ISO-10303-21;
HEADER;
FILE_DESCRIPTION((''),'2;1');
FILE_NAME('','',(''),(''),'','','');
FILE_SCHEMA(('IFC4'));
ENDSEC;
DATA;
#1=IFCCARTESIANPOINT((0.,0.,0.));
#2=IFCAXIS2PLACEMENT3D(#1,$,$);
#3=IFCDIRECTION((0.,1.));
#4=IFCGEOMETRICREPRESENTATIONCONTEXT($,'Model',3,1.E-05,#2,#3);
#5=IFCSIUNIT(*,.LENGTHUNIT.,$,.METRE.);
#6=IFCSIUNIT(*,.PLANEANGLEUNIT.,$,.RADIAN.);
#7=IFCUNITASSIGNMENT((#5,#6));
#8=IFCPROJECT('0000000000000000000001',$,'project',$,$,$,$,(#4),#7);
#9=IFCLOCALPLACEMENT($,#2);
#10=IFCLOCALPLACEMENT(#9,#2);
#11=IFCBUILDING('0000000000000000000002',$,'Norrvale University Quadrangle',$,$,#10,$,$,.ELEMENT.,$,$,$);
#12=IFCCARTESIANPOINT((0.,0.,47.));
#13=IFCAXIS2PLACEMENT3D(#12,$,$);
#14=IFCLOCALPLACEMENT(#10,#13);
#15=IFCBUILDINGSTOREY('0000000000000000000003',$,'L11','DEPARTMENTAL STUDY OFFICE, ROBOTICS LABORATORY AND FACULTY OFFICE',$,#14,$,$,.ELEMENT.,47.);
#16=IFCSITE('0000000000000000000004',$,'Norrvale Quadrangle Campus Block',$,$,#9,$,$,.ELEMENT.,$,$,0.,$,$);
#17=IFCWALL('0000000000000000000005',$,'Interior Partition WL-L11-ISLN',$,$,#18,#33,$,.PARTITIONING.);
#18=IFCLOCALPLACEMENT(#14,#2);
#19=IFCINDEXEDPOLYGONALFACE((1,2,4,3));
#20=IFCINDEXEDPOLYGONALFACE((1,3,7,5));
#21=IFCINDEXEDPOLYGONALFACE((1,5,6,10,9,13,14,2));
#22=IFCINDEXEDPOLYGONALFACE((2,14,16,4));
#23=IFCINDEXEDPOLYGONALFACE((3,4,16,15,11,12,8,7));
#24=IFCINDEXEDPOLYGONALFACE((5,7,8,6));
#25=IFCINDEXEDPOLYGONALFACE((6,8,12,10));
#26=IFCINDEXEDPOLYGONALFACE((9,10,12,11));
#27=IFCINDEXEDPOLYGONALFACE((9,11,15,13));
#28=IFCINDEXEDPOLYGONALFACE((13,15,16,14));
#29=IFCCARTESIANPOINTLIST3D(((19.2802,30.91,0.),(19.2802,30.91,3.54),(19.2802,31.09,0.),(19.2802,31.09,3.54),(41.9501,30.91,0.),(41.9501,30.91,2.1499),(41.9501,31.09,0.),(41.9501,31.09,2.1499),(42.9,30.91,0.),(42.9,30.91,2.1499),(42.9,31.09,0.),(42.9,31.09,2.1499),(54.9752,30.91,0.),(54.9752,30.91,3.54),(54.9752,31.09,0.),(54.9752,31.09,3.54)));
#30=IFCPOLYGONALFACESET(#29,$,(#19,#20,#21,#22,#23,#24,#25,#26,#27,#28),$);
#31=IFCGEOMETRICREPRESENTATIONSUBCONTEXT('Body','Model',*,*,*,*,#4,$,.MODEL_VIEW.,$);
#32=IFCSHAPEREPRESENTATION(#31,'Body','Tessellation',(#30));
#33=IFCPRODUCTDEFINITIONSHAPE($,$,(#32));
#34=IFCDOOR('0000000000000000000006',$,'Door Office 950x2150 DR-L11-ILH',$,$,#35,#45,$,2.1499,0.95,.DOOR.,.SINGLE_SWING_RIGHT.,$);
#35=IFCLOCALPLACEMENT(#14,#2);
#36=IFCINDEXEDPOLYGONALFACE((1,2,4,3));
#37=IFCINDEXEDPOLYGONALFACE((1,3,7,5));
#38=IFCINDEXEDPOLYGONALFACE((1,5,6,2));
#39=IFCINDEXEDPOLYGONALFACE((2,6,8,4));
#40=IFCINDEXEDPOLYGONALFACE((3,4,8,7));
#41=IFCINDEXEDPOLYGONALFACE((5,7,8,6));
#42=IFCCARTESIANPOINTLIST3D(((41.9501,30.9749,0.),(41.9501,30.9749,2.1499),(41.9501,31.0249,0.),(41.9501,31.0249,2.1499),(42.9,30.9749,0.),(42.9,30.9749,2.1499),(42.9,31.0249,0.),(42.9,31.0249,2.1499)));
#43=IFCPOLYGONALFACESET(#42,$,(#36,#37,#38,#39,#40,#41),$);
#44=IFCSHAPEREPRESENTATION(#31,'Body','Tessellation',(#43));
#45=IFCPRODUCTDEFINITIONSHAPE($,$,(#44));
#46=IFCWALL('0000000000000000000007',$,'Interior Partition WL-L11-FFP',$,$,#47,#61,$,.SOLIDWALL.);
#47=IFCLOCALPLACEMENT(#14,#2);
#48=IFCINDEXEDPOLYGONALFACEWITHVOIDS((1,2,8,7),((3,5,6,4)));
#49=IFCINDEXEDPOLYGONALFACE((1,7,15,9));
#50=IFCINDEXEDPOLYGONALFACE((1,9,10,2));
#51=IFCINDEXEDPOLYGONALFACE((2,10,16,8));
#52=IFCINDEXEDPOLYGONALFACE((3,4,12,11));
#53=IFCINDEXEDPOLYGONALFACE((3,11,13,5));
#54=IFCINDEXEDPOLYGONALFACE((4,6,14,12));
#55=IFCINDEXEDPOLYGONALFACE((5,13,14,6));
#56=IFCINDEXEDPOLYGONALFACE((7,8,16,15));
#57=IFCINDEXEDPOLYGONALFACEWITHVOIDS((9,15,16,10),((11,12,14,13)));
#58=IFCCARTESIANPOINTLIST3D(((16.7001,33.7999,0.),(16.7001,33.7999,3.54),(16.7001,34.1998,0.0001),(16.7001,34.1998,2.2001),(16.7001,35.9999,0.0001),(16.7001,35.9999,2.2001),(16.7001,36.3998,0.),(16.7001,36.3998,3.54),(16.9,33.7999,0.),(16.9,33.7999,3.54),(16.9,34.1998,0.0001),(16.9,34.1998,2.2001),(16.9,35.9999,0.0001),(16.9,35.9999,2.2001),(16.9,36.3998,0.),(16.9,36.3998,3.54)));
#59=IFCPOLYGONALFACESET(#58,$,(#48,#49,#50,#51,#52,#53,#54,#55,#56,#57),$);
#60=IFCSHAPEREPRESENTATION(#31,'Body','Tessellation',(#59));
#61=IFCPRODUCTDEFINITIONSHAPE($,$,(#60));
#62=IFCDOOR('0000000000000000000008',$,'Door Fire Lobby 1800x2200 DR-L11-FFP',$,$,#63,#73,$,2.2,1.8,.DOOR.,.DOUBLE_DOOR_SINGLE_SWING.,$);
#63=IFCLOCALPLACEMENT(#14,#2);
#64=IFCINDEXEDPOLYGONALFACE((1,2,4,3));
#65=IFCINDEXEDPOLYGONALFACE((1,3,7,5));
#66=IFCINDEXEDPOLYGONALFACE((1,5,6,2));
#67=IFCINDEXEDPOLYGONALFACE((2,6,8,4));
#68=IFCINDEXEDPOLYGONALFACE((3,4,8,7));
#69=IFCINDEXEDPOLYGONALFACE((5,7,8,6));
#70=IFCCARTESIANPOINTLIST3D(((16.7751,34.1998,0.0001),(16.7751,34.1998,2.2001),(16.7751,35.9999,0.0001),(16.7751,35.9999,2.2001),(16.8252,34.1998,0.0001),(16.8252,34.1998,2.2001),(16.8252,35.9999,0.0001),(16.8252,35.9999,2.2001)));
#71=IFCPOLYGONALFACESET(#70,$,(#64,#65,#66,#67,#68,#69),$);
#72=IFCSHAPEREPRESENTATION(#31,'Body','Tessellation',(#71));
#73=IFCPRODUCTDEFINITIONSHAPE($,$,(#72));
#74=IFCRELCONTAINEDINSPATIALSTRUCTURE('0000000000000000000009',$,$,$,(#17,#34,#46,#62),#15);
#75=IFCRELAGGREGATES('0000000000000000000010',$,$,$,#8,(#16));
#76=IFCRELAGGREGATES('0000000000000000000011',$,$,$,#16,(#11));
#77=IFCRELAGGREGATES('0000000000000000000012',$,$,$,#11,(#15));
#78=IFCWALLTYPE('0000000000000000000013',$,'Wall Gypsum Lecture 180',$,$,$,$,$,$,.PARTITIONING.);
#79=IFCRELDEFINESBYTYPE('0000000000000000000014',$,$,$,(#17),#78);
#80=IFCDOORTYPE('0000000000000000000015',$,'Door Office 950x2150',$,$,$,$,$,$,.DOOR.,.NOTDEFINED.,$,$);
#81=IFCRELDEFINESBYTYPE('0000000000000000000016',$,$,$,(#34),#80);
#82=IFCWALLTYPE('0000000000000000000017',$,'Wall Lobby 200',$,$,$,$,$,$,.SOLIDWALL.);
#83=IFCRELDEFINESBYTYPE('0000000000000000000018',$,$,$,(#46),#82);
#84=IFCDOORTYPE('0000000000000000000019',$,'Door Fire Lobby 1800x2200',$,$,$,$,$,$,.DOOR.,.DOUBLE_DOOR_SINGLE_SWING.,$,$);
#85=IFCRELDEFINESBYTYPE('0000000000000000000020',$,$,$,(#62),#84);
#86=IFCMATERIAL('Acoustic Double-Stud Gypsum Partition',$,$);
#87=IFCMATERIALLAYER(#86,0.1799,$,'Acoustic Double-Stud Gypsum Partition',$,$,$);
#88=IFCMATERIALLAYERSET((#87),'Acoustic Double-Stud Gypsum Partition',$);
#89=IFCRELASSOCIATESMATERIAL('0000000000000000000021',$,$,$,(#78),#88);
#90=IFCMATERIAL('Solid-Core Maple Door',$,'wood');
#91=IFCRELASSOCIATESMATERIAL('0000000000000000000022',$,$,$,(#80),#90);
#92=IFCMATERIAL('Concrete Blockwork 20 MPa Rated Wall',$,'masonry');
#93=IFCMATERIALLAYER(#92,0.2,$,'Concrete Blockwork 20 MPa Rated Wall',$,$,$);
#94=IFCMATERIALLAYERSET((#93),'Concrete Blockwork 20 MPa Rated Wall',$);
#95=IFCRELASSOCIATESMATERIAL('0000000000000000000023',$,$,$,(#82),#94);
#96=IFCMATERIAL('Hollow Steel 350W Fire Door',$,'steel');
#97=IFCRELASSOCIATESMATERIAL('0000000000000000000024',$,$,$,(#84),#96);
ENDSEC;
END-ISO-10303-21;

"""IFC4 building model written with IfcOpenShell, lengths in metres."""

from ifc_helpers import new_model, si_unit, direction, frame, frame_2d, origin, place, context, subcontext, project, spatial, rectangle, extrude, material, layer, layer_set, type_object, element, fill, save


model = new_model("IFC4")

# Units and contexts
model_context = context("Model", 3, precision=1e-05, world=origin(), true_north=direction((0.0, 1.0)))
body_context = subcontext(model_context, "Body", "Model", "MODEL_VIEW")
ifc_project = project(units=[si_unit("LENGTHUNIT", "METRE"), si_unit("PLANEANGLEUNIT", "RADIAN")], contexts=[model_context])

# Site, building, storey
site_placement = place(None, origin())
site = spatial("IfcSite", under=ifc_project, at=site_placement, Name="Norrvale Quadrangle Campus Block", CompositionType="ELEMENT", RefElevation=0.0)
building_placement = place(site_placement, origin())
building = spatial("IfcBuilding", under=site, at=building_placement, Name="Norrvale University Quadrangle", CompositionType="ELEMENT")
storey_placement = place(building_placement, frame((0.0, 0.0, 47.0)))
storey = spatial("IfcBuildingStorey", under=building, at=storey_placement, Name="L11", Description="DEPARTMENTAL STUDY OFFICE, ROBOTICS LABORATORY AND FACULTY OFFICE", CompositionType="ELEMENT", Elevation=47.0)

# Walls, openings, doors
ifc_material_1 = material(Name="Acoustic Double-Stud Gypsum Partition")
ifc_layer_1 = layer(ifc_material_1, 0.1799, Name="Acoustic Double-Stud Gypsum Partition")
ifc_layer_set_1 = layer_set([ifc_layer_1], Name="Acoustic Double-Stud Gypsum Partition")
wall_type_1 = type_object("IfcWallType", Name="Wall Gypsum Lecture 180", PredefinedType="PARTITIONING", material=ifc_layer_set_1)
wall_1_placement = place(storey_placement, frame((19.28, 31.0, 0.0), z_axis=(0.0, 0.0, 1.0), x_axis=(1.0, 0.0, 0.0)))
wall_1 = element("IfcWall", 1, at=wall_1_placement, inside=storey, type_object=wall_type_1, Name="Interior Partition WL-L11-ISLN", PredefinedType="PARTITIONING", context=body_context, shape_type="SweptSolid", body=[
    extrude(rectangle(XDim=35.6951, YDim=0.1799, at=frame_2d((17.8477, 0.0))), origin(), (0.0, 0.0, 1.0), 3.54),
])
opening_1_placement = place(wall_1_placement, frame((22.6699, 0.0, 0.0)))
opening_1 = element("IfcOpeningElement", 2, at=opening_1_placement, cuts=wall_1, PredefinedType="OPENING", context=body_context, shape_type="SweptSolid", body=[
    extrude(rectangle(XDim=0.95, YDim=2.1499, at=frame_2d((0.4751, 1.075))), frame((0.0, 0.1021, 0.0), z_axis=(0.0, -1.0, 0.0), x_axis=(1.0, 0.0, 0.0)), (0.0, 0.0, 1.0), 0.2039),
])
ifc_material_2 = material(Name="Solid-Core Maple Door", Category="wood")
door_type_1 = type_object("IfcDoorType", Name="Door Office 950x2150", OperationType="NOTDEFINED", PredefinedType="DOOR", material=ifc_material_2)
door_1_placement = place(opening_1_placement, origin())
door_1 = element("IfcDoor", 3, at=door_1_placement, inside=storey, type_object=door_type_1, Name="Door Office 950x2150 DR-L11-ILH", OperationType="SINGLE_SWING_RIGHT", OverallHeight=2.1499, OverallWidth=0.95, PredefinedType="DOOR", context=body_context, shape_type="SweptSolid", body=[
    extrude(rectangle(XDim=0.95, YDim=2.1499, at=frame_2d((0.4751, 1.075))), frame((0.0, 0.0249, 0.0), z_axis=(0.0, -1.0, 0.0), x_axis=(1.0, 0.0, 0.0)), (0.0, 0.0, 1.0), 0.05),
])
fill(opening_1, door_1)
ifc_material_3 = material(Name="Concrete Blockwork 20 MPa Rated Wall", Category="masonry")
ifc_layer_2 = layer(ifc_material_3, 0.2, Name="Concrete Blockwork 20 MPa Rated Wall")
ifc_layer_set_2 = layer_set([ifc_layer_2], Name="Concrete Blockwork 20 MPa Rated Wall")
wall_type_2 = type_object("IfcWallType", Name="Wall Lobby 200", PredefinedType="SOLIDWALL", material=ifc_layer_set_2)
wall_2_placement = place(storey_placement, frame((16.8, 33.8, 0.0), z_axis=(0.0, 0.0, 1.0), x_axis=(0.0, 1.0, 0.0)))
wall_2 = element("IfcWall", 4, at=wall_2_placement, inside=storey, type_object=wall_type_2, Name="Interior Partition WL-L11-FFP", PredefinedType="SOLIDWALL", context=body_context, shape_type="SweptSolid", body=[
    extrude(rectangle(XDim=2.5999, YDim=0.2, at=frame_2d((1.2998, 0.0))), origin(), (0.0, 0.0, 1.0), 3.54),
])
opening_2_placement = place(wall_2_placement, frame((0.3999, 0.0, 0.0)))
opening_2 = element("IfcOpeningElement", 5, at=opening_2_placement, cuts=wall_2, PredefinedType="OPENING", context=body_context, shape_type="SweptSolid", body=[
    extrude(rectangle(XDim=1.8, YDim=2.2, at=frame_2d((0.8999, 1.1001))), frame((0.0, 0.1121, 0.0), z_axis=(0.0, -1.0, 0.0), x_axis=(1.0, 0.0, 0.0)), (0.0, 0.0, 1.0), 0.2239),
])
ifc_material_4 = material(Name="Hollow Steel 350W Fire Door", Category="steel")
door_type_2 = type_object("IfcDoorType", Name="Door Fire Lobby 1800x2200", OperationType="DOUBLE_DOOR_SINGLE_SWING", PredefinedType="DOOR", material=ifc_material_4)
door_2_placement = place(opening_2_placement, origin())
door_2 = element("IfcDoor", 6, at=door_2_placement, inside=storey, type_object=door_type_2, Name="Door Fire Lobby 1800x2200 DR-L11-FFP", OperationType="DOUBLE_DOOR_SINGLE_SWING", OverallHeight=2.2, OverallWidth=1.8, PredefinedType="DOOR", context=body_context, shape_type="SweptSolid", body=[
    extrude(rectangle(XDim=1.8, YDim=2.2, at=frame_2d((0.8999, 1.1001))), frame((0.0, 0.0249, 0.0), z_axis=(0.0, -1.0, 0.0), x_axis=(1.0, 0.0, 0.0)), (0.0, 0.0, 1.0), 0.05),
])
fill(opening_2, door_2)

save(model, "model.ifc")
